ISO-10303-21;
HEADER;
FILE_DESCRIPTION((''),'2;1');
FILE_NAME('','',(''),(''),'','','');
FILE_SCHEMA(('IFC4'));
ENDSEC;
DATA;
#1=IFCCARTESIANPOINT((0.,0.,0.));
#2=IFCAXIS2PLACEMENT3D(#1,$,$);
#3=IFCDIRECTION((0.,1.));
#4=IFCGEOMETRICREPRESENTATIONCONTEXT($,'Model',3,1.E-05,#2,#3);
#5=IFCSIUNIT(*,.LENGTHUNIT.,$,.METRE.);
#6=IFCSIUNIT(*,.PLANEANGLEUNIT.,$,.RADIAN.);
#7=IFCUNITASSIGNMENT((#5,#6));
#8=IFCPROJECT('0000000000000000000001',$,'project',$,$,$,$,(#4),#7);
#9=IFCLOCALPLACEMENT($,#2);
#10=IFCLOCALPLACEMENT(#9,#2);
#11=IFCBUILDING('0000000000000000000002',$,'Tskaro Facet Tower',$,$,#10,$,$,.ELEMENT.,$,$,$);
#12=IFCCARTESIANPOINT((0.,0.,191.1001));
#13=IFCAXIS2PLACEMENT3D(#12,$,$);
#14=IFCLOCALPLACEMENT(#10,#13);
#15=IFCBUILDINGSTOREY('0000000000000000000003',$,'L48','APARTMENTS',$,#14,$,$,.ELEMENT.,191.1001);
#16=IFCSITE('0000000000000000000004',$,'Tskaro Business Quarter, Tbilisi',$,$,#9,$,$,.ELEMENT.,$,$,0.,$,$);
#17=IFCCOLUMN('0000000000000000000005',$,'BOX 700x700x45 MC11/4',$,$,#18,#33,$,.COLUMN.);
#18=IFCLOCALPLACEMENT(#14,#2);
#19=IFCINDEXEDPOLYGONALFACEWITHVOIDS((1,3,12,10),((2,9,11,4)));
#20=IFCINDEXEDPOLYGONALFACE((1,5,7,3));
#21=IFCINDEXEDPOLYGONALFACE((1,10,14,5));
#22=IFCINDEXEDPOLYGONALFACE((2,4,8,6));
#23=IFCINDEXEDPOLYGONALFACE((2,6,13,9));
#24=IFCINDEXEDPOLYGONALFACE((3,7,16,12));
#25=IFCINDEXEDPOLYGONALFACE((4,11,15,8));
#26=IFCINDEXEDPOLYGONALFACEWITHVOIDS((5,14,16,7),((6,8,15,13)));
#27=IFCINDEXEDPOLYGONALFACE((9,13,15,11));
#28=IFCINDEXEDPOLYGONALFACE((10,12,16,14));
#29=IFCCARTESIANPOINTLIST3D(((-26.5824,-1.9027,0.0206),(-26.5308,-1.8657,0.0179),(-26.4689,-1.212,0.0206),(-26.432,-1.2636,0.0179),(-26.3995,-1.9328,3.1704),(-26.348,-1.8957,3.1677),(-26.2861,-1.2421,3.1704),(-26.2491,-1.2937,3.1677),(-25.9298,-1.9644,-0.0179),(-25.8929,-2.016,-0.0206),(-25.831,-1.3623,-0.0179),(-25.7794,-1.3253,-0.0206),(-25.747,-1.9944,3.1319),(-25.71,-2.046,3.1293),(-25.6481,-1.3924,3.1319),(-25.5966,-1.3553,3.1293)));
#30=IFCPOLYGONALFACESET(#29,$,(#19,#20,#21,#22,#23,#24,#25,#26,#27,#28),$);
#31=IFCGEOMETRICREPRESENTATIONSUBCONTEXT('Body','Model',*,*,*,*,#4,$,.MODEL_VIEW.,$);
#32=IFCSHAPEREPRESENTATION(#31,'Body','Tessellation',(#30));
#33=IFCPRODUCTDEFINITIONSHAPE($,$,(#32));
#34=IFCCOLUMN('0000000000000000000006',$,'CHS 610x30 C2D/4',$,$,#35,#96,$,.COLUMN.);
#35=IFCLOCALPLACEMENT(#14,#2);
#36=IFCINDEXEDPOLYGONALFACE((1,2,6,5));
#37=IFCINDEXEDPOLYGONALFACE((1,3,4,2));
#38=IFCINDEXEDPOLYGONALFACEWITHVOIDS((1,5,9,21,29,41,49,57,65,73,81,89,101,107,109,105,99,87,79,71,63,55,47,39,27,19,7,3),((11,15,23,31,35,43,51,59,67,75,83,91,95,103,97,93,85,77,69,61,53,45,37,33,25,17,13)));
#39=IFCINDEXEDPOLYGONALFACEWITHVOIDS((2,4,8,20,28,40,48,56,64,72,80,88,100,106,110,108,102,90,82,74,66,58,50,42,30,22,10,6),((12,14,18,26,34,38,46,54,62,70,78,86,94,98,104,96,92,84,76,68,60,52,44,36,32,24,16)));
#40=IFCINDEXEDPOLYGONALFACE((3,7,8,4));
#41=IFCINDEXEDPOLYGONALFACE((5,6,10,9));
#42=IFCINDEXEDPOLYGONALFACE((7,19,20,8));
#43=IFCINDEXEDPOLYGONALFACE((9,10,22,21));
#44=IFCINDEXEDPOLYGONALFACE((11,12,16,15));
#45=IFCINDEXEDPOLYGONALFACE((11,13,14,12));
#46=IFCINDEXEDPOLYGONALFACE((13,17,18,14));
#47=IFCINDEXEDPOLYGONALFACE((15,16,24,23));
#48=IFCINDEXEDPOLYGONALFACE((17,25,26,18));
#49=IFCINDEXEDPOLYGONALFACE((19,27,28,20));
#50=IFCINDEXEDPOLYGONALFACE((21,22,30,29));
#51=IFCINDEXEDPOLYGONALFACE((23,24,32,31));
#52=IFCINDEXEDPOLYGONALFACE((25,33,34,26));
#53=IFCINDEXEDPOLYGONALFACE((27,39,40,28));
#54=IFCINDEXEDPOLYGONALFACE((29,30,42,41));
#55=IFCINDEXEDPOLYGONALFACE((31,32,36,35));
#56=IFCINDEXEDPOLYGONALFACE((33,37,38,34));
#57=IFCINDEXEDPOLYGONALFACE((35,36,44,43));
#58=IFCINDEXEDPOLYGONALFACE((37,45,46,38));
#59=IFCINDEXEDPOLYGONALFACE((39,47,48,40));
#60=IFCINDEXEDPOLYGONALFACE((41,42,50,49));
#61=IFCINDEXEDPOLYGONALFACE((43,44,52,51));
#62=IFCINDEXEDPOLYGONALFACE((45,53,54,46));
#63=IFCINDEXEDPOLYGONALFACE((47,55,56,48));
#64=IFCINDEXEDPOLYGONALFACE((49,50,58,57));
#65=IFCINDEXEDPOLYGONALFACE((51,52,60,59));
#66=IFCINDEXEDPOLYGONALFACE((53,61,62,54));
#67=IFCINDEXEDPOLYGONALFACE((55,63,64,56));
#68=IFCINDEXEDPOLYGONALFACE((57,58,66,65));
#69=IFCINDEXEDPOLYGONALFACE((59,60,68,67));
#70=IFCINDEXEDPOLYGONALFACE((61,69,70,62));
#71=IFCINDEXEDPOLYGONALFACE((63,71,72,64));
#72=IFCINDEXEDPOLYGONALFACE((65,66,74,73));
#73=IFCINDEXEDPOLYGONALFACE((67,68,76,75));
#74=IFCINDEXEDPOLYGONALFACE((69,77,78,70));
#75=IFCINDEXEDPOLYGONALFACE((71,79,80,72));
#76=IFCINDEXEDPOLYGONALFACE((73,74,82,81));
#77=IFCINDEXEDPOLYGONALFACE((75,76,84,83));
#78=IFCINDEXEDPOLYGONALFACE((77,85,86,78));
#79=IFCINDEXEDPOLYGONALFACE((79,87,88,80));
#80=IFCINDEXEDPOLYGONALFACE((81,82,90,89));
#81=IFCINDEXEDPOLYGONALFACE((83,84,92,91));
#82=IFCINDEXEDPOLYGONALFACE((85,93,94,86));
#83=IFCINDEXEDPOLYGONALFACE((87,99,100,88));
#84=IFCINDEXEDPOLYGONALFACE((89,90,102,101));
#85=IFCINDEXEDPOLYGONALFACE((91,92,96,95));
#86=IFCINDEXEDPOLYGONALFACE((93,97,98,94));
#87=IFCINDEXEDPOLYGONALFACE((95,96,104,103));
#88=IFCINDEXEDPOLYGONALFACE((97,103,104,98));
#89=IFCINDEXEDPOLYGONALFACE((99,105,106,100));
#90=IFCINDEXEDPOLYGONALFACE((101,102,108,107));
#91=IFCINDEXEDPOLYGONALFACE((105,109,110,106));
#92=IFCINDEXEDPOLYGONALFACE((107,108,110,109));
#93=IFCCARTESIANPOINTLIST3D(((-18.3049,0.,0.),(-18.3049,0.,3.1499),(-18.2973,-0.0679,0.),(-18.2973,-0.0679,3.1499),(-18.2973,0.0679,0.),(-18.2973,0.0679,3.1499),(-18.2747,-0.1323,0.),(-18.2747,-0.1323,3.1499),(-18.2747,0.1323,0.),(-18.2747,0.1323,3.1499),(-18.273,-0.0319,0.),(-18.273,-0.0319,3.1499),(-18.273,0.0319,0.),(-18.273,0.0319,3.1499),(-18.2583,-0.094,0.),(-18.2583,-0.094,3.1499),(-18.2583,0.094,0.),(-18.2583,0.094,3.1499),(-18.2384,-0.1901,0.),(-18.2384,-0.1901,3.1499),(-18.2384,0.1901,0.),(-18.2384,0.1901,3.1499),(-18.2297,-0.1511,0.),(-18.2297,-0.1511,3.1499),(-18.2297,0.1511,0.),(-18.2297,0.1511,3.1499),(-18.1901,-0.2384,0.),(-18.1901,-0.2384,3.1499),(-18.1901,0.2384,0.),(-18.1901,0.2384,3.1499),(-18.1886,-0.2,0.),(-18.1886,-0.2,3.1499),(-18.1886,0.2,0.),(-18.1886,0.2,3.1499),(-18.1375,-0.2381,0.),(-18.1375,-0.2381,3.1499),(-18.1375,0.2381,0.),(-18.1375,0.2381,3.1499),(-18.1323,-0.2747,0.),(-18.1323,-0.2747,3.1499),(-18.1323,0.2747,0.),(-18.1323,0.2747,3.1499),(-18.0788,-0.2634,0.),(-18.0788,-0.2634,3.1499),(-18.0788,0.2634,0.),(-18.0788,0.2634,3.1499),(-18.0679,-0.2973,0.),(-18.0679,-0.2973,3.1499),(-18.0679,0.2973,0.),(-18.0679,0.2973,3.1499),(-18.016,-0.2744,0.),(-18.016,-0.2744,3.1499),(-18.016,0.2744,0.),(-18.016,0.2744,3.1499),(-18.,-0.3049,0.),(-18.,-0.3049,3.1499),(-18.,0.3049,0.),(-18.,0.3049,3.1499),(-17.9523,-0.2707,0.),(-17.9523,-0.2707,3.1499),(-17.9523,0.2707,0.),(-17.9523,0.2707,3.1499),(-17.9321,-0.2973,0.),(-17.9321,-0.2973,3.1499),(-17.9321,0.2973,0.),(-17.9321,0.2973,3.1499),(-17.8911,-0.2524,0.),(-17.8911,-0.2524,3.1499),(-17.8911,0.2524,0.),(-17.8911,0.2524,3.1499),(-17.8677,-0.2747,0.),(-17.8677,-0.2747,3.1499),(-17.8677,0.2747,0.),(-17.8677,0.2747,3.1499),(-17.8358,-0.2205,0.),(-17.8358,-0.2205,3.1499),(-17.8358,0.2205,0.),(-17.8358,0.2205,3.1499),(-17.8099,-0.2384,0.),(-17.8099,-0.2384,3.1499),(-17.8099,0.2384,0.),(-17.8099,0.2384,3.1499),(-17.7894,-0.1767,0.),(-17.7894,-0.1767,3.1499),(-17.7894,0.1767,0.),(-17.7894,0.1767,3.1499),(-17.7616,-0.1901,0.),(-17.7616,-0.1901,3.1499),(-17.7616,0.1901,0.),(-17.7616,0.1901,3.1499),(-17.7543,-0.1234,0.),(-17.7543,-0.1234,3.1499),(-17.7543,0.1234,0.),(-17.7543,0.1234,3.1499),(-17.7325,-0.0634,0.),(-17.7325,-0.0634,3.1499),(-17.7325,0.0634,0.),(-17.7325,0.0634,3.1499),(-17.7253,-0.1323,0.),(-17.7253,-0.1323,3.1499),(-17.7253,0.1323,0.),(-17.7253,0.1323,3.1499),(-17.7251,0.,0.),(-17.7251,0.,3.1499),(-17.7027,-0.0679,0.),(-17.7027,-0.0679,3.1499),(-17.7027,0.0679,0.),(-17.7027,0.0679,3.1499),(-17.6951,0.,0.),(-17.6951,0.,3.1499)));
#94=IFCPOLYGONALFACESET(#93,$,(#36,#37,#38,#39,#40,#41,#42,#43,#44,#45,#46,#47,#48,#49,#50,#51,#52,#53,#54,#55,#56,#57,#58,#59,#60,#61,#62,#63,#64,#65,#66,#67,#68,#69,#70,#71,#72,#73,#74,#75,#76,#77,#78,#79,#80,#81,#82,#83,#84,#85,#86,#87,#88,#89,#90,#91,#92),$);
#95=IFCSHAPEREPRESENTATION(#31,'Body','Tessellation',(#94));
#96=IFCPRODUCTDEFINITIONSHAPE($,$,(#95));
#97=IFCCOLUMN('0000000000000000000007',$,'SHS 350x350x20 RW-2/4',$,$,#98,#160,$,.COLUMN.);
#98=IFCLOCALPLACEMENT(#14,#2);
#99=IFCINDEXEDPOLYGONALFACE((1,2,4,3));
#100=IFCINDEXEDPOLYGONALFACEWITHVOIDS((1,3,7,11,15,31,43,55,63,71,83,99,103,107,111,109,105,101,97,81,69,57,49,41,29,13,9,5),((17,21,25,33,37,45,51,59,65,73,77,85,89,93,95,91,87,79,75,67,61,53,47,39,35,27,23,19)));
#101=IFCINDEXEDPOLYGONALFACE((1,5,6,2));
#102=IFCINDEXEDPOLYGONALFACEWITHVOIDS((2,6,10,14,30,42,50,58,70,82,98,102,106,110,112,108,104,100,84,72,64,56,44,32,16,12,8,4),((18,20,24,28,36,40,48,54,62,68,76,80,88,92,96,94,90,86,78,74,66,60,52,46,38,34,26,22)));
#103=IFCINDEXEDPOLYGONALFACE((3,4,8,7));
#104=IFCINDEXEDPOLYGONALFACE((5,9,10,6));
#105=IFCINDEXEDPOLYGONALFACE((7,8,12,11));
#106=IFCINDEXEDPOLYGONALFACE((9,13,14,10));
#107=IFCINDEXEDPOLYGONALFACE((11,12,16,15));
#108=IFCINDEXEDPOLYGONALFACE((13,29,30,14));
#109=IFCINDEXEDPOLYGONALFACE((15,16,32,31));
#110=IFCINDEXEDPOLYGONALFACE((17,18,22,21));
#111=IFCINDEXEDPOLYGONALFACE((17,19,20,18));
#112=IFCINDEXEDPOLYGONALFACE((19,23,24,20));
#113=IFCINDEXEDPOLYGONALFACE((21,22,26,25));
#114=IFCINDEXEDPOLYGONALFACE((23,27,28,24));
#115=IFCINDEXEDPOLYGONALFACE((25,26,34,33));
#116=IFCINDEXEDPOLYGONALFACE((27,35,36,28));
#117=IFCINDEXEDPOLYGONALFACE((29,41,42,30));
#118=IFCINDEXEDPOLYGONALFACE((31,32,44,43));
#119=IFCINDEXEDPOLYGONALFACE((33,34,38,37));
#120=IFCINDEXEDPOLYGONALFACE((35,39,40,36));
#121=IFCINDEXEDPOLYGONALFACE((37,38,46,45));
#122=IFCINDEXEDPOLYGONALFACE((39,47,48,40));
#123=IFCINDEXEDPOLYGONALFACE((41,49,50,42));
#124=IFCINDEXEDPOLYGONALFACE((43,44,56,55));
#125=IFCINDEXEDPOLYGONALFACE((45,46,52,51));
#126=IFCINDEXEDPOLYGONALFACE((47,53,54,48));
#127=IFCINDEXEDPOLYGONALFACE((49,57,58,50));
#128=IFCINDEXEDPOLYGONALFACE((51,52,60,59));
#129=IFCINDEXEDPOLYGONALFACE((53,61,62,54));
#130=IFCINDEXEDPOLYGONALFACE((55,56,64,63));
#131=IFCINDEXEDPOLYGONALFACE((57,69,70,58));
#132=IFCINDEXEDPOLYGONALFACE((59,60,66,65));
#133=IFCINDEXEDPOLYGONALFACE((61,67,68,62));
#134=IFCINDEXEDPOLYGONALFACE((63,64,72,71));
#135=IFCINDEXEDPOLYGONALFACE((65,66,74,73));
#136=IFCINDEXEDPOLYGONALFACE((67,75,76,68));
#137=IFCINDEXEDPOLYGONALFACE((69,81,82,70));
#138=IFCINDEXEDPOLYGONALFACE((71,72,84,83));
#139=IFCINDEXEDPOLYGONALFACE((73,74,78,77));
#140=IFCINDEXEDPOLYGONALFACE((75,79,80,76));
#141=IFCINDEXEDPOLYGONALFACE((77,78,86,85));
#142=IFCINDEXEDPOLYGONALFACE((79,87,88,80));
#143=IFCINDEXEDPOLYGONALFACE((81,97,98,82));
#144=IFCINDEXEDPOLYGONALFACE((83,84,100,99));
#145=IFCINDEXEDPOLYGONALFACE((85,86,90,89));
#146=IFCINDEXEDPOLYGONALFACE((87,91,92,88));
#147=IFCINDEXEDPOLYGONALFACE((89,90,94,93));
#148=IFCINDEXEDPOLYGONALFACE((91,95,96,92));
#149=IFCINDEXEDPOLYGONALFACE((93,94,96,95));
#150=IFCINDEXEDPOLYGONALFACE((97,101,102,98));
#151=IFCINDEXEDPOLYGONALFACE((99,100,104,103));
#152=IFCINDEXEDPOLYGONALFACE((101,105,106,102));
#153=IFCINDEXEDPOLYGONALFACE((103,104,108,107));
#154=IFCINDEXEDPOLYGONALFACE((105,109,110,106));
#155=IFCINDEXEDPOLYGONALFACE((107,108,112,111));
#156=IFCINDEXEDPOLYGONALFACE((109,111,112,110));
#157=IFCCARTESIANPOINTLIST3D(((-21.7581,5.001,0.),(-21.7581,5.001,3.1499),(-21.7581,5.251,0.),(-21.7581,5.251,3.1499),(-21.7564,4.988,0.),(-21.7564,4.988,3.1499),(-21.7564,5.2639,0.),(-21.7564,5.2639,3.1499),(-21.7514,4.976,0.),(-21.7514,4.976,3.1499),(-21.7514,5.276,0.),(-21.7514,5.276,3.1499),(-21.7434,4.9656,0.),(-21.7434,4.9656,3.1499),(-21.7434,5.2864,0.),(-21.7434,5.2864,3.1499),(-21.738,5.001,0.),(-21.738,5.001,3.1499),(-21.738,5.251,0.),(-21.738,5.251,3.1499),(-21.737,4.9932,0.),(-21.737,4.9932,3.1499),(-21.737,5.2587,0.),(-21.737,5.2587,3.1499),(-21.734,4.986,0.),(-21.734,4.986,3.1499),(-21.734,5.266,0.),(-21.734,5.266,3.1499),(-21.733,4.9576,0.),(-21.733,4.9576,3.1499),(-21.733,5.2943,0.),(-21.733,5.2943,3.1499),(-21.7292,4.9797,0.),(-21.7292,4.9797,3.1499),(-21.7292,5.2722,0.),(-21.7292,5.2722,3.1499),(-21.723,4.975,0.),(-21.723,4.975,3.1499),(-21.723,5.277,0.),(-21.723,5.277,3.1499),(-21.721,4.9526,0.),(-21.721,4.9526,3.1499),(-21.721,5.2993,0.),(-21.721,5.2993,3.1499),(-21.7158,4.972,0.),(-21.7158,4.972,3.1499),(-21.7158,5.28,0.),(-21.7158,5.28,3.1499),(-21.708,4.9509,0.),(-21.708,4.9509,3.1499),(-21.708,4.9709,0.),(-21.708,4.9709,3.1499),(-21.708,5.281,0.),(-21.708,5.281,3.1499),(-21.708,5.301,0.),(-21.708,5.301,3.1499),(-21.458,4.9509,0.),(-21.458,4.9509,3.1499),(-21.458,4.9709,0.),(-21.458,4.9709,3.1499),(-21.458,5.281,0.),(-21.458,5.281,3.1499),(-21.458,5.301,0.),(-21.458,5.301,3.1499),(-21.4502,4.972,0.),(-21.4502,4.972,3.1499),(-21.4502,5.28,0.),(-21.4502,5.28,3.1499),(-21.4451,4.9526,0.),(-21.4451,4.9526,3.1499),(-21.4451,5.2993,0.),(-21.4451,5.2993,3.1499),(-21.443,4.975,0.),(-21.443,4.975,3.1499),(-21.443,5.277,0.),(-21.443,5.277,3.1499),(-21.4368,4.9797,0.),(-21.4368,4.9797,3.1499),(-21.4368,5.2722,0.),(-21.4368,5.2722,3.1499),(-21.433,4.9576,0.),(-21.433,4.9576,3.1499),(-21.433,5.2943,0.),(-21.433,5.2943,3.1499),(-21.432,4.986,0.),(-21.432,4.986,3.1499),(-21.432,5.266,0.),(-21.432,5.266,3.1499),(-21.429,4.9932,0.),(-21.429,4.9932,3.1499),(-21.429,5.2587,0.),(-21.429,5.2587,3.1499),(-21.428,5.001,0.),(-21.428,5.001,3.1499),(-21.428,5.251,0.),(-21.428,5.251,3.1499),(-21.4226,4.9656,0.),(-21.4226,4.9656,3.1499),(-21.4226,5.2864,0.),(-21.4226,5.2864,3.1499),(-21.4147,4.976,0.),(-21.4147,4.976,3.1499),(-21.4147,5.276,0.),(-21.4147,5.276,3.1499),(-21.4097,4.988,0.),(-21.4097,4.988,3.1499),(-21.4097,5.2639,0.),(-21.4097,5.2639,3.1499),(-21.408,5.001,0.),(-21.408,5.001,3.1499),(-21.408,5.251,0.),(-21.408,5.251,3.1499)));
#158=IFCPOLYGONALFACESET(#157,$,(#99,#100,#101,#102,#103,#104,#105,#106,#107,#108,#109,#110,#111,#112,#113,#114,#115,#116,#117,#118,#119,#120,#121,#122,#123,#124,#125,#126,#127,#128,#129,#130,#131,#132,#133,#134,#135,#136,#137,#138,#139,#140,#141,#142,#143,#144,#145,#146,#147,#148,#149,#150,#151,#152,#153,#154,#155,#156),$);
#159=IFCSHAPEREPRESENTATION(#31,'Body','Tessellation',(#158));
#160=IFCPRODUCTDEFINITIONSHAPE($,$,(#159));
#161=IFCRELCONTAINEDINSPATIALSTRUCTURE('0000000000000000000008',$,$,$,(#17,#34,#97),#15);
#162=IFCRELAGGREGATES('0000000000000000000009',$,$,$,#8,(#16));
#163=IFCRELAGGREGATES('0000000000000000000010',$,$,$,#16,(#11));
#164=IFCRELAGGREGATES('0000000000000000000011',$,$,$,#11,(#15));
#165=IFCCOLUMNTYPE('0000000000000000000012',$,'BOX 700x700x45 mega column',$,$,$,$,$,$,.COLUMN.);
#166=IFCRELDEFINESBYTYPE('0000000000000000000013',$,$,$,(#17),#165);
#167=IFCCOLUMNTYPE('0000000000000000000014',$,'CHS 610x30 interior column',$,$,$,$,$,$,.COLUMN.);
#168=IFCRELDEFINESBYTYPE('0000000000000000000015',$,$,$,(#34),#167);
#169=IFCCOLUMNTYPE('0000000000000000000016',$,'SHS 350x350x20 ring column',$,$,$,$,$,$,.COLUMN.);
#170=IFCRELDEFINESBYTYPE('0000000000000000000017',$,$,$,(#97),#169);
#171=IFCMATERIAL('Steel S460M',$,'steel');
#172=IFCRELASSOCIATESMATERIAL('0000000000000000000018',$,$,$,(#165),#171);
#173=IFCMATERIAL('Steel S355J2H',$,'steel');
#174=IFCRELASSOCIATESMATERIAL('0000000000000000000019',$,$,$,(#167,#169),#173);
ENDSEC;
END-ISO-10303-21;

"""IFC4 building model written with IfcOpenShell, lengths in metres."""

from ifc_helpers import new_model, si_unit, direction, frame, origin, origin_2d, place, context, subcontext, project, spatial, hollow_rectangle, hollow_circle, extrude, material, material_profile, profile_set, type_object, element, save


model = new_model("IFC4")

# Units and contexts
model_context = context("Model", 3, precision=1e-05, world=origin(), true_north=direction((0.0, 1.0)))
body_context = subcontext(model_context, "Body", "Model", "MODEL_VIEW")
ifc_project = project(units=[si_unit("LENGTHUNIT", "METRE"), si_unit("PLANEANGLEUNIT", "RADIAN")], contexts=[model_context])

# Site, building, storey
site_placement = place(None, origin())
site = spatial("IfcSite", under=ifc_project, at=site_placement, Name="Tskaro Business Quarter, Tbilisi", CompositionType="ELEMENT", RefElevation=0.0)
building_placement = place(site_placement, origin())
building = spatial("IfcBuilding", under=site, at=building_placement, Name="Tskaro Facet Tower", CompositionType="ELEMENT")
storey_placement = place(building_placement, frame((0.0, 0.0, 191.1001)))
storey = spatial("IfcBuildingStorey", under=building, at=storey_placement, Name="L48", Description="APARTMENTS", CompositionType="ELEMENT", Elevation=191.1001)

# Columns
ifc_material_1 = material(Name="Steel S460M", Category="steel")
ifc_material_profile_1 = material_profile(ifc_material_1, hollow_rectangle(XDim=0.7, YDim=0.7, WallThickness=0.0449, at=origin_2d()), Name="BOX 700x700x45")
ifc_profile_set_1 = profile_set([ifc_material_profile_1], Name="Steel S460M")
column_type_1 = type_object("IfcColumnType", Name="BOX 700x700x45 mega column", PredefinedType="COLUMN", material=ifc_profile_set_1)
column_1_placement = place(storey_placement, frame((-26.1809, -1.614, 0.0), z_axis=(0.057953, -0.009517, 0.998274), x_axis=(0.162048, 0.986783, 0.0)))
element("IfcColumn", 1, at=column_1_placement, inside=storey, type_object=column_type_1, Name="BOX 700x700x45 MC11/4", PredefinedType="COLUMN", context=body_context, shape_type="SweptSolid", body=[
    extrude(hollow_rectangle(XDim=0.7, YDim=0.7, WallThickness=0.0449, at=origin_2d()), origin(), (0.0, 0.0, 1.0), 3.1553),
])
ifc_material_2 = material(Name="Steel S355J2H", Category="steel")
ifc_material_profile_2 = material_profile(ifc_material_2, hollow_circle(Radius=0.3049, WallThickness=0.03, at=origin_2d()), Name="CHS 610x30")
ifc_profile_set_2 = profile_set([ifc_material_profile_2], Name="Steel S355J2H")
column_type_2 = type_object("IfcColumnType", Name="CHS 610x30 interior column", PredefinedType="COLUMN", material=ifc_profile_set_2)
column_2_placement = place(storey_placement, frame((-18.0, 0.0, 0.0), z_axis=(0.0, 0.0, 1.0), x_axis=(1.0, 0.0, 0.0)))
element("IfcColumn", 2, at=column_2_placement, inside=storey, type_object=column_type_2, Name="CHS 610x30 C2D/4", PredefinedType="COLUMN", context=body_context, shape_type="SweptSolid", body=[
    extrude(hollow_circle(Radius=0.3049, WallThickness=0.03, at=origin_2d()), origin(), (0.0, 0.0, 1.0), 3.1499),
])
ifc_material_profile_3 = material_profile(ifc_material_2, hollow_rectangle(XDim=0.3501, YDim=0.3501, WallThickness=0.02, InnerFilletRadius=0.03, OuterFilletRadius=0.05, at=origin_2d()), Name="SHS 350x350x20")
ifc_profile_set_3 = profile_set([ifc_material_profile_3], Name="Steel S355J2H")
column_type_3 = type_object("IfcColumnType", Name="SHS 350x350x20 ring column", PredefinedType="COLUMN", material=ifc_profile_set_3)
for number, where, z_axis, x_axis, name in (
    (3, (-21.583, 5.126, 0.0), (0.0, 0.0, 1.0), (1.0, 0.0, 0.0), "SHS 350x350x20 RW-2/4"),
):
    element("IfcColumn", number, at=place(storey_placement, frame(where, z_axis=z_axis, x_axis=x_axis)), inside=storey, type_object=column_type_3, Name=name, PredefinedType="COLUMN", context=body_context, shape_type="SweptSolid", body=[
        extrude(hollow_rectangle(XDim=0.3501, YDim=0.3501, WallThickness=0.02, InnerFilletRadius=0.03, OuterFilletRadius=0.05, at=origin_2d()), origin(), (0.0, 0.0, 1.0), 3.1499),
    ])

save(model, "model.ifc")
